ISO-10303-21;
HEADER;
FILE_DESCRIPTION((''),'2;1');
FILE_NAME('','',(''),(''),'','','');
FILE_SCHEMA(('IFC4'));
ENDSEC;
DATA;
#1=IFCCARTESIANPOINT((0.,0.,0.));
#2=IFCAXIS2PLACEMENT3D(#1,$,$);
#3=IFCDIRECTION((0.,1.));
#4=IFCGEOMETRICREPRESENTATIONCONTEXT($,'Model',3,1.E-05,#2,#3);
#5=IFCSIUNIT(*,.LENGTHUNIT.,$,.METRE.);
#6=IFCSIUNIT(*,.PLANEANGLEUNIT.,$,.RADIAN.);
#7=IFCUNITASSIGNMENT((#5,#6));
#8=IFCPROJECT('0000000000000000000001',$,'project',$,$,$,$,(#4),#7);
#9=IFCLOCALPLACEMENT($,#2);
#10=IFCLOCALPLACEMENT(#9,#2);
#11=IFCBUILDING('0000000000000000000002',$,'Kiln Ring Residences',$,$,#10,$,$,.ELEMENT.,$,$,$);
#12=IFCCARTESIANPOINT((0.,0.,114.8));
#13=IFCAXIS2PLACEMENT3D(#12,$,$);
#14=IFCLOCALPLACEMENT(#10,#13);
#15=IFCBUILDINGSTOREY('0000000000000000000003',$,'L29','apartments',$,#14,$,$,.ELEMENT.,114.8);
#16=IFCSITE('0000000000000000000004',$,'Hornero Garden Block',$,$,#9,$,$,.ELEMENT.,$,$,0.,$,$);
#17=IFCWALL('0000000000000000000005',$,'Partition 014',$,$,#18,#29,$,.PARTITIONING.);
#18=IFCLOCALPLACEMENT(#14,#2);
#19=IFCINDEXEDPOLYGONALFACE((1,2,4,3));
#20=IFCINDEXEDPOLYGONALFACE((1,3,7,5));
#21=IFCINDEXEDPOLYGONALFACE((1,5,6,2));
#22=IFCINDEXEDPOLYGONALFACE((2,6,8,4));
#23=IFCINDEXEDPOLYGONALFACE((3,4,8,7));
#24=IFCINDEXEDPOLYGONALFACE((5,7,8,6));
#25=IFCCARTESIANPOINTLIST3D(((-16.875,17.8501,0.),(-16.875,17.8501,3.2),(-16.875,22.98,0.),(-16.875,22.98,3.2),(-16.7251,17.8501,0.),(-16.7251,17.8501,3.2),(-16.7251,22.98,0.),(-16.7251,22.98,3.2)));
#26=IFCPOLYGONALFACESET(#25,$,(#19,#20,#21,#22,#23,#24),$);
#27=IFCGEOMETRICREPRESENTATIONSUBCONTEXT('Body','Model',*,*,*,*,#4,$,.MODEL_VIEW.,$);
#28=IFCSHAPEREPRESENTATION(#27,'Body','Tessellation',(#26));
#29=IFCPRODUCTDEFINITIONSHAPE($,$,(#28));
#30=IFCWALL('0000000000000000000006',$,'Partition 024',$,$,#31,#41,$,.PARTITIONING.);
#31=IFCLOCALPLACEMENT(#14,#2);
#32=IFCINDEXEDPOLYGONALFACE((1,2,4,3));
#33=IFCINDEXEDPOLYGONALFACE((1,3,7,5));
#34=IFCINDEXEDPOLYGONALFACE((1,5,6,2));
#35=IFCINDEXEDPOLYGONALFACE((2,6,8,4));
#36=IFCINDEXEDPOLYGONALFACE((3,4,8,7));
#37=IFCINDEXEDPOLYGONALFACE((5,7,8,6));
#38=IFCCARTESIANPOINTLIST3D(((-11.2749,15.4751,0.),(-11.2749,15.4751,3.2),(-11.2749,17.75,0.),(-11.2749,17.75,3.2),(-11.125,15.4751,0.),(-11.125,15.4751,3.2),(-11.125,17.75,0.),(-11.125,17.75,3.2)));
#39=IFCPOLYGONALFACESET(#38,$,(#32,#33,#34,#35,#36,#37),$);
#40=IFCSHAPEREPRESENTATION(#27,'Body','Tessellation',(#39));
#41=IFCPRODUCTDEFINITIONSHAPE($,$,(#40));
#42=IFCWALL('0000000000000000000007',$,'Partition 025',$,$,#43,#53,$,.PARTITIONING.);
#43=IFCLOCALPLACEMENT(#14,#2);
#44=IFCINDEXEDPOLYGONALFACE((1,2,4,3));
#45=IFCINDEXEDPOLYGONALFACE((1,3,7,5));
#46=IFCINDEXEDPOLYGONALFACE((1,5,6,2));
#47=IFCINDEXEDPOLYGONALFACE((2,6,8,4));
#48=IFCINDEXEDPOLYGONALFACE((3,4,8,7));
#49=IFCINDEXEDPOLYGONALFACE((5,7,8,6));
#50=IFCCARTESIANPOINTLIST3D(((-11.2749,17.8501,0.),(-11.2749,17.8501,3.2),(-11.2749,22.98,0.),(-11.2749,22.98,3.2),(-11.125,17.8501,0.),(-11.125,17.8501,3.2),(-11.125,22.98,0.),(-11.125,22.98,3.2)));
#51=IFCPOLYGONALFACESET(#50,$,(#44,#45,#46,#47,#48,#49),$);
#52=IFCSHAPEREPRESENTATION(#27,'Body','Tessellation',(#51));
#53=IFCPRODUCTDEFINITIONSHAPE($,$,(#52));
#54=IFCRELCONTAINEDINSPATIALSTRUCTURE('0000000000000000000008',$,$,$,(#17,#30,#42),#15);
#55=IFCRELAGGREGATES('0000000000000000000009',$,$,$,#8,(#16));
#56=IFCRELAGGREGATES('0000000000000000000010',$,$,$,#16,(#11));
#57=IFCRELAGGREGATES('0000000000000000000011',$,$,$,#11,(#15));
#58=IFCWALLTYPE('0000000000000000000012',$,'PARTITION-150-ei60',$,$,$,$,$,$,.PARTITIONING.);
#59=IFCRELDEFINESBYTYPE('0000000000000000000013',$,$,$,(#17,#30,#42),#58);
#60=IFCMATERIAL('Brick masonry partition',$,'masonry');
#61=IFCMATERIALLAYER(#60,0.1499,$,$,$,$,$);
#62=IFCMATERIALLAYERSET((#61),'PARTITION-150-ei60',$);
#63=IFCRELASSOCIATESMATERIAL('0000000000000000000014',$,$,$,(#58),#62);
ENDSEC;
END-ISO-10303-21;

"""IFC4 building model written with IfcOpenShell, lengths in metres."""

from ifc_helpers import new_model, si_unit, direction, frame, frame_2d, origin, place, context, subcontext, project, spatial, rectangle, extrude, material, layer, layer_set, type_object, element, save


model = new_model("IFC4")

# Units and contexts
model_context = context("Model", 3, precision=1e-05, world=origin(), true_north=direction((0.0, 1.0)))
body_context = subcontext(model_context, "Body", "Model", "MODEL_VIEW")
ifc_project = project(units=[si_unit("LENGTHUNIT", "METRE"), si_unit("PLANEANGLEUNIT", "RADIAN")], contexts=[model_context])

# Site, building, storey
site_placement = place(None, origin())
site = spatial("IfcSite", under=ifc_project, at=site_placement, Name="Hornero Garden Block", CompositionType="ELEMENT", RefElevation=0.0)
building_placement = place(site_placement, origin())
building = spatial("IfcBuilding", under=site, at=building_placement, Name="Kiln Ring Residences", CompositionType="ELEMENT")
storey_placement = place(building_placement, frame((0.0, 0.0, 114.8)))
storey = spatial("IfcBuildingStorey", under=building, at=storey_placement, Name="L29", Description="apartments", CompositionType="ELEMENT", Elevation=114.8)

# Walls
ifc_material_1 = material(Name="Brick masonry partition", Category="masonry")
ifc_layer_1 = layer(ifc_material_1, 0.1499)
ifc_layer_set_1 = layer_set([ifc_layer_1], Name="PARTITION-150-ei60")
wall_type_1 = type_object("IfcWallType", Name="PARTITION-150-ei60", PredefinedType="PARTITIONING", material=ifc_layer_set_1)
wall_1_placement = place(storey_placement, frame((-16.8, 17.8501, 0.0), z_axis=(0.0, 0.0, 1.0), x_axis=(0.0, 1.0, 0.0)))
element("IfcWall", 1, at=wall_1_placement, inside=storey, type_object=wall_type_1, Name="Partition 014", PredefinedType="PARTITIONING", context=body_context, shape_type="SweptSolid", body=[
    extrude(rectangle(XDim=5.1299, YDim=0.1499, at=frame_2d((2.5649, 0.0))), origin(), (0.0, 0.0, 1.0), 3.2),
])
wall_2_placement = place(storey_placement, frame((-11.2, 15.4751, 0.0), z_axis=(0.0, 0.0, 1.0), x_axis=(0.0, 1.0, 0.0)))
element("IfcWall", 2, at=wall_2_placement, inside=storey, type_object=wall_type_1, Name="Partition 024", PredefinedType="PARTITIONING", context=body_context, shape_type="SweptSolid", body=[
    extrude(rectangle(XDim=2.2749, YDim=0.1499, at=frame_2d((1.1375, 0.0))), origin(), (0.0, 0.0, 1.0), 3.2),
])
wall_3_placement = place(storey_placement, frame((-11.2, 17.8501, 0.0), z_axis=(0.0, 0.0, 1.0), x_axis=(0.0, 1.0, 0.0)))
element("IfcWall", 3, at=wall_3_placement, inside=storey, type_object=wall_type_1, Name="Partition 025", PredefinedType="PARTITIONING", context=body_context, shape_type="SweptSolid", body=[
    extrude(rectangle(XDim=5.1299, YDim=0.1499, at=frame_2d((2.5649, 0.0))), origin(), (0.0, 0.0, 1.0), 3.2),
])

save(model, "model.ifc")
